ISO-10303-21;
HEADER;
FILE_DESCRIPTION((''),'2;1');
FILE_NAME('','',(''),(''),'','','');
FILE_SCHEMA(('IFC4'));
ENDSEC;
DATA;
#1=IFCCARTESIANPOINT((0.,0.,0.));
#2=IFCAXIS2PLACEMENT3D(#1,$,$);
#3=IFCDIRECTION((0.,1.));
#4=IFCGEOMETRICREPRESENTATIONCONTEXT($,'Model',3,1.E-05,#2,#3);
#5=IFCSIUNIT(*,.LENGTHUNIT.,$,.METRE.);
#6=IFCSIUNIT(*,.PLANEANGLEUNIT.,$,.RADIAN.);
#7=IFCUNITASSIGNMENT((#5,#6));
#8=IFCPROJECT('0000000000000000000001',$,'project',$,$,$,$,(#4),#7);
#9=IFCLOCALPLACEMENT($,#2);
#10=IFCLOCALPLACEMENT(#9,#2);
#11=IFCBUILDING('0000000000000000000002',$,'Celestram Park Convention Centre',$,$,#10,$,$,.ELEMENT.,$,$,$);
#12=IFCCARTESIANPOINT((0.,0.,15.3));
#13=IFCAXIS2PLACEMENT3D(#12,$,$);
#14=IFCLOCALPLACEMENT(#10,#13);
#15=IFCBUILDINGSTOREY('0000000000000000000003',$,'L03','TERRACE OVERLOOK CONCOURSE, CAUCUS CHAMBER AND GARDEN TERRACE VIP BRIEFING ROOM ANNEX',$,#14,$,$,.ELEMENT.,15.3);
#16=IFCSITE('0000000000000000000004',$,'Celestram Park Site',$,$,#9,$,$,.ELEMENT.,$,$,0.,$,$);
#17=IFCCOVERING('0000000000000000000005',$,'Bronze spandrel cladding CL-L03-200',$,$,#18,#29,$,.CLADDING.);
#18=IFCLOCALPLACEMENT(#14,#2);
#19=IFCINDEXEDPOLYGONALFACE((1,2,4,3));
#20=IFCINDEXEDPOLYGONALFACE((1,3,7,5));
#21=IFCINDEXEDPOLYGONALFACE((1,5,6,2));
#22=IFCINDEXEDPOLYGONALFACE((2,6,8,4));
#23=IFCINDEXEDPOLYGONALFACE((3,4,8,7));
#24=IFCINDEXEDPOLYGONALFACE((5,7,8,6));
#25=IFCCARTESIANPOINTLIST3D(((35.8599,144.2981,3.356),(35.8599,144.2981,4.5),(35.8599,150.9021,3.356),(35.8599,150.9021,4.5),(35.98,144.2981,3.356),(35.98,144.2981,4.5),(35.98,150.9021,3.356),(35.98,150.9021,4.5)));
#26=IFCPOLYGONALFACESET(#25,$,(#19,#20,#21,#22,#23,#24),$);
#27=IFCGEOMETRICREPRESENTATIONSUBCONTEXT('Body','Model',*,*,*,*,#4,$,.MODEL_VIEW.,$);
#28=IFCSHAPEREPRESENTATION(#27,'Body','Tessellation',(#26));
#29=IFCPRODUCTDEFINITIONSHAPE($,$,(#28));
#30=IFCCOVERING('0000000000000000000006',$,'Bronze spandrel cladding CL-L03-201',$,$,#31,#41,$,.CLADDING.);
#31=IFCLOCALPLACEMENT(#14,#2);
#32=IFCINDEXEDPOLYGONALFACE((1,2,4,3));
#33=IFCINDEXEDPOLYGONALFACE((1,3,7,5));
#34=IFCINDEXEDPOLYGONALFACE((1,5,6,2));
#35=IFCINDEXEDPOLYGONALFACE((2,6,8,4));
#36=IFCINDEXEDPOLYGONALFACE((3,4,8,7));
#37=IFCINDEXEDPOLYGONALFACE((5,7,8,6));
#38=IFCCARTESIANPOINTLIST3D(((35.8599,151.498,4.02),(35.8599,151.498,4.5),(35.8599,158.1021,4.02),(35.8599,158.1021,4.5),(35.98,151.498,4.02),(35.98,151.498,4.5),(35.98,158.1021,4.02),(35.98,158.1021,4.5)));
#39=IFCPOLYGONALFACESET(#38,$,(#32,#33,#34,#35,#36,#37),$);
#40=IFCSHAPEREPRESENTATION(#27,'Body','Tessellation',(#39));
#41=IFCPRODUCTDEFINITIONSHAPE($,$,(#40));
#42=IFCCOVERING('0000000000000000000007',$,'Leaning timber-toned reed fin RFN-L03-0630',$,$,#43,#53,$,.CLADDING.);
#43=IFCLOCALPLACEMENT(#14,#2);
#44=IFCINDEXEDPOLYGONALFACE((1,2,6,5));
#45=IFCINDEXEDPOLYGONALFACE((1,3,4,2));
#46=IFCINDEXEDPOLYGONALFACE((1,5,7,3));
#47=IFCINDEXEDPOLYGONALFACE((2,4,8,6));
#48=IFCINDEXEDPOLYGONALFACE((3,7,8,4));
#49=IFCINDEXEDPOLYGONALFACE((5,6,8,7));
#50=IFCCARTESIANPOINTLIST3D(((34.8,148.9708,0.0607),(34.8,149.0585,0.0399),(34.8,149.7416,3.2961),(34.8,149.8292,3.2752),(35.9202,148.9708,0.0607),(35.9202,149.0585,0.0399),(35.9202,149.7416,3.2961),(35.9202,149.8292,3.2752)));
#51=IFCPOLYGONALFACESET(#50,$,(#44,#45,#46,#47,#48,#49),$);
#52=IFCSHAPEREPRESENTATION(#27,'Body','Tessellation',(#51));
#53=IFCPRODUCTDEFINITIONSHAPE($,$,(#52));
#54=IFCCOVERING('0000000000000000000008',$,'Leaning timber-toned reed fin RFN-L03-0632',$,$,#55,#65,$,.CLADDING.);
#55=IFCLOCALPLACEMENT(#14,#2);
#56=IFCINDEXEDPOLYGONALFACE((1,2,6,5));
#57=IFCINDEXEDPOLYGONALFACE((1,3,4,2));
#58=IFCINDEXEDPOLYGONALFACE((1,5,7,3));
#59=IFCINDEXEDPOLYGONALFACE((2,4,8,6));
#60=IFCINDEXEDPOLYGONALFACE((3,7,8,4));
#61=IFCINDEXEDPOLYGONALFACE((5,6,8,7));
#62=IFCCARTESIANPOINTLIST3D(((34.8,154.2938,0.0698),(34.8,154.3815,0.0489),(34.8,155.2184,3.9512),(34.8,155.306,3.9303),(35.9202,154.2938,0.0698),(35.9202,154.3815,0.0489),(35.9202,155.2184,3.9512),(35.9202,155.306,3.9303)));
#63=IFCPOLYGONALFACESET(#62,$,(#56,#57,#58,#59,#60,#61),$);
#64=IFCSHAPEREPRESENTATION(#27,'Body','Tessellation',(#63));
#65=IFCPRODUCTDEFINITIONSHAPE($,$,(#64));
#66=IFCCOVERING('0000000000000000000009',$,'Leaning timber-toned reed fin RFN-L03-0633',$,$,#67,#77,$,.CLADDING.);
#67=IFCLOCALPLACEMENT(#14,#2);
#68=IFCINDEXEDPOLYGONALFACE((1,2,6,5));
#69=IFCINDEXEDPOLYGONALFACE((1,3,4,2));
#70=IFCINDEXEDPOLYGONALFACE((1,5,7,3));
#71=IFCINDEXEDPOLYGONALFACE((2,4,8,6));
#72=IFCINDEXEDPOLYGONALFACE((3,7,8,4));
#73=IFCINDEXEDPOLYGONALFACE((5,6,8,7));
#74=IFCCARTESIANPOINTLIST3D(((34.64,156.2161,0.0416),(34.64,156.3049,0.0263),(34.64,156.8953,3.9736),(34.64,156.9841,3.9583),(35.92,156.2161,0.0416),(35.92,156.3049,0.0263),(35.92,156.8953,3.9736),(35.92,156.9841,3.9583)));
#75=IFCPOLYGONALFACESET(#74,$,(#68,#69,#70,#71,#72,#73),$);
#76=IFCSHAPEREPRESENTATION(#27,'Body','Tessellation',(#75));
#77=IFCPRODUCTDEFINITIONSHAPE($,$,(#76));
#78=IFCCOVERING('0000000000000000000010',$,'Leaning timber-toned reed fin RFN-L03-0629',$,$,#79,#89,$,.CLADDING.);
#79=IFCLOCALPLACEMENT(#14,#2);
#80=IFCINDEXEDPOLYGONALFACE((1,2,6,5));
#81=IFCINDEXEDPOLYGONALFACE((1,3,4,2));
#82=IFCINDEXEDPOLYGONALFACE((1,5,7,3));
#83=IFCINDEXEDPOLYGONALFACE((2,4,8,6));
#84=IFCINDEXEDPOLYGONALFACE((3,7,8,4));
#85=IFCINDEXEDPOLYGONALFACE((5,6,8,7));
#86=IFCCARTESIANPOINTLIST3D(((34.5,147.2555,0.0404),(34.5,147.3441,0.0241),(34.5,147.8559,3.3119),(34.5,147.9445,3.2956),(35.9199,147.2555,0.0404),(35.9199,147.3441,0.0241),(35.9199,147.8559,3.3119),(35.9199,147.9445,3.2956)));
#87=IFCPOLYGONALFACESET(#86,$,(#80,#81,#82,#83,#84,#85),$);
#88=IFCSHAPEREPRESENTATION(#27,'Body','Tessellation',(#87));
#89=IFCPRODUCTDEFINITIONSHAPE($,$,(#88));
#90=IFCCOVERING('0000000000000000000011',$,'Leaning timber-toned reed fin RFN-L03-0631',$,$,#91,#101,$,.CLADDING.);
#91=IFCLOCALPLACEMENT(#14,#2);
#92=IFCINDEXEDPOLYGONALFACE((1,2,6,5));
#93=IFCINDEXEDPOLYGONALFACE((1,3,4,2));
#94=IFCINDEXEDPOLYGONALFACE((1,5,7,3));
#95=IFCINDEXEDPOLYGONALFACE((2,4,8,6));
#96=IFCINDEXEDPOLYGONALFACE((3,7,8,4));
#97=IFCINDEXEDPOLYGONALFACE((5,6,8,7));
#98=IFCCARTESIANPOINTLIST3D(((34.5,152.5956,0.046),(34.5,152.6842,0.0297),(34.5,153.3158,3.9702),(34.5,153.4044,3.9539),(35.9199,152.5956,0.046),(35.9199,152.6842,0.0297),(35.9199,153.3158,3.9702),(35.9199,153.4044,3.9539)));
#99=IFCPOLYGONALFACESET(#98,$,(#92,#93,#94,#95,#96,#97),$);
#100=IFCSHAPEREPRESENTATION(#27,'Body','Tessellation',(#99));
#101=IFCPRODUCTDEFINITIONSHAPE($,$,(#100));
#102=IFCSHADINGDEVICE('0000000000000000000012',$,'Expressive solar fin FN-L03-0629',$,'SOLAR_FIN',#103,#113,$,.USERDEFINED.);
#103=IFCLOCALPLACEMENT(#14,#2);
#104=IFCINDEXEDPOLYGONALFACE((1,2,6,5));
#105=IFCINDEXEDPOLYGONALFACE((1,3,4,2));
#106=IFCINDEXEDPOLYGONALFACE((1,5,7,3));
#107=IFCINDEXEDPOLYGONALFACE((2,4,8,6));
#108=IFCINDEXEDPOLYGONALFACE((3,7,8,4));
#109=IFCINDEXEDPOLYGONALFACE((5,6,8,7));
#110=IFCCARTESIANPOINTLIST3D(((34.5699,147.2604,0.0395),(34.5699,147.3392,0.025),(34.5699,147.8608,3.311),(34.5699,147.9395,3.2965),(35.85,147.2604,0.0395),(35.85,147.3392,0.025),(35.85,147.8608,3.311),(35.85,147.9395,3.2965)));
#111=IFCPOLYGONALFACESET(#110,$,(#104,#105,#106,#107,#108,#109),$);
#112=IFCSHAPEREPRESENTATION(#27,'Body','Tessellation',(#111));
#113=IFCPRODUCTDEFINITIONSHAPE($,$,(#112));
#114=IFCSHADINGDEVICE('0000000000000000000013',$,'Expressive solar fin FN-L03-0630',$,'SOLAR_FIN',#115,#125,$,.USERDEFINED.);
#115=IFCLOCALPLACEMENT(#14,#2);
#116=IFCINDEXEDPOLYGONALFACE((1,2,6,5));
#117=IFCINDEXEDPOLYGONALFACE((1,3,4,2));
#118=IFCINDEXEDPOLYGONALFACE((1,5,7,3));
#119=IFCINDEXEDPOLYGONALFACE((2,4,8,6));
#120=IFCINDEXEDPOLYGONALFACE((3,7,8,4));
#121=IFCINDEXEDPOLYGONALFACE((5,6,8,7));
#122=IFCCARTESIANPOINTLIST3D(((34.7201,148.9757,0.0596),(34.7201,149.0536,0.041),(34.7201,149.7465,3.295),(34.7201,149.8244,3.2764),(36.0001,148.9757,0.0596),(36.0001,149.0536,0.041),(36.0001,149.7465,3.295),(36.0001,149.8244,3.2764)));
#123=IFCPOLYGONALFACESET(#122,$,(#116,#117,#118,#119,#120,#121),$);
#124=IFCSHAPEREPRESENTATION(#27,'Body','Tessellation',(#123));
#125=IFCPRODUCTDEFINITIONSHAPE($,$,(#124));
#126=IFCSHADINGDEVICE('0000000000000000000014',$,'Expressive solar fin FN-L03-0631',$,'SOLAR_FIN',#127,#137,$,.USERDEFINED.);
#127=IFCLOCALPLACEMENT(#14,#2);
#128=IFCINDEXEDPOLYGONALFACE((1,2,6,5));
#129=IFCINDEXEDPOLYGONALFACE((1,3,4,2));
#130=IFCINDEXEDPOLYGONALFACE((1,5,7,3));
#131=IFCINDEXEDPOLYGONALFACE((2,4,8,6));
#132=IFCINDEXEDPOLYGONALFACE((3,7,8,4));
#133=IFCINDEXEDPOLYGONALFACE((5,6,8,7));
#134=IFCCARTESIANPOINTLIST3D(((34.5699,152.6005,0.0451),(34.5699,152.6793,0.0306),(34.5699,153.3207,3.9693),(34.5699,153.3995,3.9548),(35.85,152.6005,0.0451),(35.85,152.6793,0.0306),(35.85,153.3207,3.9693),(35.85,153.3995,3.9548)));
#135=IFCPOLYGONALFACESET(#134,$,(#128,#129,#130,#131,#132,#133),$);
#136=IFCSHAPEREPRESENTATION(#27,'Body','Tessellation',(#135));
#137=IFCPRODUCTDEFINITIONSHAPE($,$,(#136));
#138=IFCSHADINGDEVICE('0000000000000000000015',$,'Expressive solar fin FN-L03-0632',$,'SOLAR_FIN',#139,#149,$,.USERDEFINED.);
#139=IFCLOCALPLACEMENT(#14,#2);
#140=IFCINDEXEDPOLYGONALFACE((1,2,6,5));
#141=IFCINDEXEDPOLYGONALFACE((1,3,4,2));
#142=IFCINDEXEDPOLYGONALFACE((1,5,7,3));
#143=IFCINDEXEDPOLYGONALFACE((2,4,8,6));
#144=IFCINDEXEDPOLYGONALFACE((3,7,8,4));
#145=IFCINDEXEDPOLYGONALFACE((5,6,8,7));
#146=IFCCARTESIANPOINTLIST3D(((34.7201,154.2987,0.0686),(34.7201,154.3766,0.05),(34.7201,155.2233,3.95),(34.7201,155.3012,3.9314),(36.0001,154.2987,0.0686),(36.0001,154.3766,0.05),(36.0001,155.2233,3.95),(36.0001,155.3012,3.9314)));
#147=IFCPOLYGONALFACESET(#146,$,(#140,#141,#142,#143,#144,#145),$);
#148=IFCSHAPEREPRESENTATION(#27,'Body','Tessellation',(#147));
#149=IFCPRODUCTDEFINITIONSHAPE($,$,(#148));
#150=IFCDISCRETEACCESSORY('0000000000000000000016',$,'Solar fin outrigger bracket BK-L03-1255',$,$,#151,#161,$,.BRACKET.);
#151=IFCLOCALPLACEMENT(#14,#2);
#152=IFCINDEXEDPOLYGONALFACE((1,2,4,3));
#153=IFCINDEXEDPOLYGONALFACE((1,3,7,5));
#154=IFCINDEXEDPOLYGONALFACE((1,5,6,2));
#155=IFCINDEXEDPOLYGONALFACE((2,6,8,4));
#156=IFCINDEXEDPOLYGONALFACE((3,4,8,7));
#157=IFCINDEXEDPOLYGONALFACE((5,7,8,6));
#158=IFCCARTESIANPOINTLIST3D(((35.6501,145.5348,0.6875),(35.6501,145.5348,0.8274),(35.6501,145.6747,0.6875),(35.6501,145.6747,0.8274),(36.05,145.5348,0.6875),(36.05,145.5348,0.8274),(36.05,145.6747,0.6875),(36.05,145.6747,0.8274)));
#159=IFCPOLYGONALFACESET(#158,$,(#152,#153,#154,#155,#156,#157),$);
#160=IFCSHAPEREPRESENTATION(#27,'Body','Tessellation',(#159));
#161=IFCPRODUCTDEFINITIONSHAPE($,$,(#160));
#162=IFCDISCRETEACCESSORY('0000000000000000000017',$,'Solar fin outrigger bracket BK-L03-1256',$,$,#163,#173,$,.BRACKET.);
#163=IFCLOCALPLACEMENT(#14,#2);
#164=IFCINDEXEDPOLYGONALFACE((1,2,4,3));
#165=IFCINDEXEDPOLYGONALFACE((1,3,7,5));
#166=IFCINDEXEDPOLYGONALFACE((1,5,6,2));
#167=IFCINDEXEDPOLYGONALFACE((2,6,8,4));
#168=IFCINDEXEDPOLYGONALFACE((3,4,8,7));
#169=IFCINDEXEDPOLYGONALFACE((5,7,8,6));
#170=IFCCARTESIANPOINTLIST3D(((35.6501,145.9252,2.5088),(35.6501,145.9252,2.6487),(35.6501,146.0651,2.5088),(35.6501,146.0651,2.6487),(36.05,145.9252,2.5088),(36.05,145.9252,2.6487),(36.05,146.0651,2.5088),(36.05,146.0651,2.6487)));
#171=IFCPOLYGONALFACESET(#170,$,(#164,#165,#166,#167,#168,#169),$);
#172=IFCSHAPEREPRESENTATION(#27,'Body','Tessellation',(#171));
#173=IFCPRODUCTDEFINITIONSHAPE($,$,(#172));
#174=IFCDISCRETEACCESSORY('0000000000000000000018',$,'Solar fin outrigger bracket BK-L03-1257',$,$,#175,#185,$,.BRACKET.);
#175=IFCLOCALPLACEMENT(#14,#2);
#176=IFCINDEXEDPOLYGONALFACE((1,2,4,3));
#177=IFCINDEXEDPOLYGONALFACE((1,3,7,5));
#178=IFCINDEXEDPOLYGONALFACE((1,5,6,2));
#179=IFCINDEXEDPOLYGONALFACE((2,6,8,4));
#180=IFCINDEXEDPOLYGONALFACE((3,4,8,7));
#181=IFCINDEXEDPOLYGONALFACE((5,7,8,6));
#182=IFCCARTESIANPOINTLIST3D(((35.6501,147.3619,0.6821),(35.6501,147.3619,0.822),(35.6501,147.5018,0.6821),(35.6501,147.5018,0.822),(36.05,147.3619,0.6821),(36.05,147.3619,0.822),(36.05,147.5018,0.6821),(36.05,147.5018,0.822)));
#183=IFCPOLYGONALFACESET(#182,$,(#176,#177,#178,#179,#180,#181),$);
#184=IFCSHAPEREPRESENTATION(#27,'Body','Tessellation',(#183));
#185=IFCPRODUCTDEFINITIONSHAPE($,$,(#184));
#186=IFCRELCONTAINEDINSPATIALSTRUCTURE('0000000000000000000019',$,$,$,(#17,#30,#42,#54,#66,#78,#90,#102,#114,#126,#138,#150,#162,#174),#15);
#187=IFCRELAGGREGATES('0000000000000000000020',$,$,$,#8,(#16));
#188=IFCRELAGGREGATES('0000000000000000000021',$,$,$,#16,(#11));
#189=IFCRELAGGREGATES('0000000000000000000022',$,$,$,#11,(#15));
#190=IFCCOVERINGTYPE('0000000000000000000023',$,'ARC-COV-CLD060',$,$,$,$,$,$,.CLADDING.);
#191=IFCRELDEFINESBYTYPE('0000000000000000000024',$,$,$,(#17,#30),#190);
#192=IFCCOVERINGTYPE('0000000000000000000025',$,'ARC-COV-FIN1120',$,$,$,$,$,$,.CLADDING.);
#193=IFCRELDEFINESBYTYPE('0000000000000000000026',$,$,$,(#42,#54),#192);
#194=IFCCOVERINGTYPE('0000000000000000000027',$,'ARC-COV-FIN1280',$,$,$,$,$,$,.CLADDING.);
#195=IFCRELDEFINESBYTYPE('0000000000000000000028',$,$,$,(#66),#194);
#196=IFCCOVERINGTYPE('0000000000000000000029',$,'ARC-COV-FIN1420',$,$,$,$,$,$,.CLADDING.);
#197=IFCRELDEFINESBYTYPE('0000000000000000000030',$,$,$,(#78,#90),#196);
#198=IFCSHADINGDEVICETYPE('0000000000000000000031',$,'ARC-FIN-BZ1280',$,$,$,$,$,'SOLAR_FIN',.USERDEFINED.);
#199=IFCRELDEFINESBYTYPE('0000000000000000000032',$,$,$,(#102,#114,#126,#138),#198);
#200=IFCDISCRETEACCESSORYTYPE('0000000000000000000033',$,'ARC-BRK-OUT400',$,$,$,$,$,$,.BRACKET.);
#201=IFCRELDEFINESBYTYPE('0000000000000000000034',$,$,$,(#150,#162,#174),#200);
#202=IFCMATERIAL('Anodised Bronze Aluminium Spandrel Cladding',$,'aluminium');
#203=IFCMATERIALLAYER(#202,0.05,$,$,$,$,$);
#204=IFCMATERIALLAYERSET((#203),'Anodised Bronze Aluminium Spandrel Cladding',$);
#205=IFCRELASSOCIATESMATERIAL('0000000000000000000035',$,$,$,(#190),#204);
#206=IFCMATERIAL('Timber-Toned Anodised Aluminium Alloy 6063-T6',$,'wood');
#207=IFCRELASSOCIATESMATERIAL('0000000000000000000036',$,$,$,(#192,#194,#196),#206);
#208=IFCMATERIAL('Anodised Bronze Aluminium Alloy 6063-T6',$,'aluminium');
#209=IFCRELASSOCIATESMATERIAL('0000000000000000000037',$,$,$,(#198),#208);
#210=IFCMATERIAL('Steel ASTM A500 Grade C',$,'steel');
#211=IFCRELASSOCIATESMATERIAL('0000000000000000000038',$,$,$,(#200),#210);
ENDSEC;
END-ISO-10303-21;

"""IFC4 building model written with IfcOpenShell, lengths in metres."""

from ifc_helpers import new_model, si_unit, direction, frame, origin, origin_2d, place, context, subcontext, project, spatial, rectangle, extrude, material, layer, layer_set, material_profile, profile_set, type_object, element, save


model = new_model("IFC4")

# Units and contexts
model_context = context("Model", 3, precision=1e-05, world=origin(), true_north=direction((0.0, 1.0)))
body_context = subcontext(model_context, "Body", "Model", "MODEL_VIEW")
ifc_project = project(units=[si_unit("LENGTHUNIT", "METRE"), si_unit("PLANEANGLEUNIT", "RADIAN")], contexts=[model_context])

# Site, building, storey
site_placement = place(None, origin())
site = spatial("IfcSite", under=ifc_project, at=site_placement, Name="Celestram Park Site", CompositionType="ELEMENT", RefElevation=0.0)
building_placement = place(site_placement, origin())
building = spatial("IfcBuilding", under=site, at=building_placement, Name="Celestram Park Convention Centre", CompositionType="ELEMENT")
storey_placement = place(building_placement, frame((0.0, 0.0, 15.3)))
storey = spatial("IfcBuildingStorey", under=building, at=storey_placement, Name="L03", Description="TERRACE OVERLOOK CONCOURSE, CAUCUS CHAMBER AND GARDEN TERRACE VIP BRIEFING ROOM ANNEX", CompositionType="ELEMENT", Elevation=15.3)

# Coverings
ifc_material_1 = material(Name="Anodised Bronze Aluminium Spandrel Cladding", Category="aluminium")
ifc_layer = layer(ifc_material_1, 0.05)
ifc_layer_set = layer_set([ifc_layer], Name="Anodised Bronze Aluminium Spandrel Cladding")
covering_type_1 = type_object("IfcCoveringType", Name="ARC-COV-CLD060", PredefinedType="CLADDING", material=ifc_layer_set)
covering_1_placement = place(storey_placement, frame((35.9199, 147.6001, 3.356), z_axis=(0.0, 0.0, 1.0), x_axis=(0.0, 1.0, 0.0)))
element("IfcCovering", 1, at=covering_1_placement, inside=storey, type_object=covering_type_1, Name="Bronze spandrel cladding CL-L03-200", PredefinedType="CLADDING", context=body_context, shape_type="SweptSolid", body=[
    extrude(rectangle(XDim=6.604, YDim=0.1201, at=origin_2d()), origin(), (0.0, 0.0, 1.0), 1.144),
])
covering_2_placement = place(storey_placement, frame((35.9199, 154.8, 4.02), z_axis=(0.0, 0.0, 1.0), x_axis=(0.0, 1.0, 0.0)))
element("IfcCovering", 2, at=covering_2_placement, inside=storey, type_object=covering_type_1, Name="Bronze spandrel cladding CL-L03-201", PredefinedType="CLADDING", context=body_context, shape_type="SweptSolid", body=[
    extrude(rectangle(XDim=6.604, YDim=0.1201, at=origin_2d()), origin(), (0.0, 0.0, 1.0), 0.48),
])
ifc_material_2 = material(Name="Timber-Toned Anodised Aluminium Alloy 6063-T6", Category="wood")
ifc_material_profile_1 = material_profile(ifc_material_2, rectangle(XDim=1.1201, YDim=0.0901, at=origin_2d()), Name="REED1120X90")
ifc_profile_set_1 = profile_set([ifc_material_profile_1], Name="Timber-Toned Anodised Aluminium Alloy 6063-T6")
covering_type_2 = type_object("IfcCoveringType", Name="ARC-COV-FIN1120", PredefinedType="CLADDING", material=ifc_profile_set_1)
covering_3_placement = place(storey_placement, frame((35.3601, 149.0146, 0.0503), z_axis=(0.0, 0.231743, 0.972777), x_axis=(-1.0, 0.0, 0.0)))
element("IfcCovering", 3, at=covering_3_placement, inside=storey, type_object=covering_type_2, Name="Leaning timber-toned reed fin RFN-L03-0630", PredefinedType="CLADDING", context=body_context, shape_type="SweptSolid", body=[
    extrude(rectangle(XDim=1.1201, YDim=0.0901, at=origin_2d()), origin(), (0.0, 0.0, 1.0), 3.3259),
])
covering_4_placement = place(storey_placement, frame((35.3601, 154.3376, 0.0593), z_axis=(0.0, 0.231723, 0.972782), x_axis=(-1.0, 0.0, 0.0)))
element("IfcCovering", 4, at=covering_4_placement, inside=storey, type_object=covering_type_2, Name="Leaning timber-toned reed fin RFN-L03-0632", PredefinedType="CLADDING", context=body_context, shape_type="SweptSolid", body=[
    extrude(rectangle(XDim=1.1201, YDim=0.0901, at=origin_2d()), origin(), (0.0, 0.0, 1.0), 3.99),
])
ifc_material_profile_2 = material_profile(ifc_material_2, rectangle(XDim=1.28, YDim=0.0901, at=origin_2d()), Name="REED1280X90")
ifc_profile_set_2 = profile_set([ifc_material_profile_2], Name="Timber-Toned Anodised Aluminium Alloy 6063-T6")
covering_type_3 = type_object("IfcCoveringType", Name="ARC-COV-FIN1280", PredefinedType="CLADDING", material=ifc_profile_set_2)
covering_5_placement = place(storey_placement, frame((35.28, 156.2605, 0.0339), z_axis=(0.0, 0.17022, 0.985406), x_axis=(-1.0, 0.0, 0.0)))
element("IfcCovering", 5, at=covering_5_placement, inside=storey, type_object=covering_type_3, Name="Leaning timber-toned reed fin RFN-L03-0633", PredefinedType="CLADDING", context=body_context, shape_type="SweptSolid", body=[
    extrude(rectangle(XDim=1.28, YDim=0.0901, at=origin_2d()), origin(), (0.0, 0.0, 1.0), 3.9902),
])
ifc_material_profile_3 = material_profile(ifc_material_2, rectangle(XDim=1.4199, YDim=0.0901, at=origin_2d()), Name="REED1420X90")
ifc_profile_set_3 = profile_set([ifc_material_profile_3], Name="Timber-Toned Anodised Aluminium Alloy 6063-T6")
covering_type_4 = type_object("IfcCoveringType", Name="ARC-COV-FIN1420", PredefinedType="CLADDING", material=ifc_profile_set_3)
covering_6_placement = place(storey_placement, frame((35.21, 147.2998, 0.0322), z_axis=(0.0, 0.180494, 0.983576), x_axis=(-1.0, 0.0, 0.0)))
element("IfcCovering", 6, at=covering_6_placement, inside=storey, type_object=covering_type_4, Name="Leaning timber-toned reed fin RFN-L03-0629", PredefinedType="CLADDING", context=body_context, shape_type="SweptSolid", body=[
    extrude(rectangle(XDim=1.4199, YDim=0.0901, at=origin_2d()), origin(), (0.0, 0.0, 1.0), 3.3262),
])
covering_7_placement = place(storey_placement, frame((35.21, 152.6399, 0.0378), z_axis=(0.0, 0.180511, 0.983573), x_axis=(-1.0, 0.0, 0.0)))
element("IfcCovering", 7, at=covering_7_placement, inside=storey, type_object=covering_type_4, Name="Leaning timber-toned reed fin RFN-L03-0631", PredefinedType="CLADDING", context=body_context, shape_type="SweptSolid", body=[
    extrude(rectangle(XDim=1.4199, YDim=0.0901, at=origin_2d()), origin(), (0.0, 0.0, 1.0), 3.9897),
])

# Shading devices
ifc_material_3 = material(Name="Anodised Bronze Aluminium Alloy 6063-T6", Category="aluminium")
ifc_material_profile_4 = material_profile(ifc_material_3, rectangle(XDim=1.28, YDim=0.0801, at=origin_2d()), Name="FIN1280X80")
ifc_profile_set_4 = profile_set([ifc_material_profile_4], Name="Anodised Bronze Aluminium Alloy 6063-T6")
shading_device_type = type_object("IfcShadingDeviceType", Name="ARC-FIN-BZ1280", ElementType="SOLAR_FIN", PredefinedType="USERDEFINED", material=ifc_profile_set_4)
shading_device_1_placement = place(storey_placement, frame((35.21, 147.2998, 0.0322), z_axis=(0.0, 0.180494, 0.983576), x_axis=(-1.0, 0.0, 0.0)))
element("IfcShadingDevice", 8, at=shading_device_1_placement, inside=storey, type_object=shading_device_type, Name="Expressive solar fin FN-L03-0629", ObjectType="SOLAR_FIN", PredefinedType="USERDEFINED", context=body_context, shape_type="SweptSolid", body=[
    extrude(rectangle(XDim=1.28, YDim=0.0801, at=origin_2d()), origin(), (0.0, 0.0, 1.0), 3.3262),
])
shading_device_2_placement = place(storey_placement, frame((35.3601, 149.0146, 0.0503), z_axis=(0.0, 0.231743, 0.972777), x_axis=(-1.0, 0.0, 0.0)))
element("IfcShadingDevice", 9, at=shading_device_2_placement, inside=storey, type_object=shading_device_type, Name="Expressive solar fin FN-L03-0630", ObjectType="SOLAR_FIN", PredefinedType="USERDEFINED", context=body_context, shape_type="SweptSolid", body=[
    extrude(rectangle(XDim=1.28, YDim=0.0801, at=origin_2d()), origin(), (0.0, 0.0, 1.0), 3.3259),
])
shading_device_3_placement = place(storey_placement, frame((35.21, 152.6399, 0.0378), z_axis=(0.0, 0.180511, 0.983573), x_axis=(-1.0, 0.0, 0.0)))
element("IfcShadingDevice", 10, at=shading_device_3_placement, inside=storey, type_object=shading_device_type, Name="Expressive solar fin FN-L03-0631", ObjectType="SOLAR_FIN", PredefinedType="USERDEFINED", context=body_context, shape_type="SweptSolid", body=[
    extrude(rectangle(XDim=1.28, YDim=0.0801, at=origin_2d()), origin(), (0.0, 0.0, 1.0), 3.9897),
])
shading_device_4_placement = place(storey_placement, frame((35.3601, 154.3376, 0.0593), z_axis=(0.0, 0.231723, 0.972782), x_axis=(-1.0, 0.0, 0.0)))
element("IfcShadingDevice", 11, at=shading_device_4_placement, inside=storey, type_object=shading_device_type, Name="Expressive solar fin FN-L03-0632", ObjectType="SOLAR_FIN", PredefinedType="USERDEFINED", context=body_context, shape_type="SweptSolid", body=[
    extrude(rectangle(XDim=1.28, YDim=0.0801, at=origin_2d()), origin(), (0.0, 0.0, 1.0), 3.99),
])

# Discrete accessories
ifc_material_4 = material(Name="Steel ASTM A500 Grade C", Category="steel")
discrete_accessory_type = type_object("IfcDiscreteAccessoryType", Name="ARC-BRK-OUT400", PredefinedType="BRACKET", material=ifc_material_4)
for number, where, z_axis, x_axis, name in (
    (12, (35.8501, 145.6047, 0.6875), (0.0, 0.0, 1.0), (-1.0, 0.0, 0.0), "Solar fin outrigger bracket BK-L03-1255"),
    (13, (35.8501, 145.9951, 2.5088), (0.0, 0.0, 1.0), (-1.0, 0.0, 0.0), "Solar fin outrigger bracket BK-L03-1256"),
    (14, (35.8501, 147.4319, 0.6821), (0.0, 0.0, 1.0), (-1.0, 0.0, 0.0), "Solar fin outrigger bracket BK-L03-1257"),
):
    element("IfcDiscreteAccessory", number, at=place(storey_placement, frame(where, z_axis=z_axis, x_axis=x_axis)), inside=storey, type_object=discrete_accessory_type, Name=name, PredefinedType="BRACKET", context=body_context, shape_type="SweptSolid", body=[
        extrude(rectangle(XDim=0.3999, YDim=0.1399, at=origin_2d()), origin(), (0.0, 0.0, 1.0), 0.1399),
    ])

save(model, "model.ifc")
